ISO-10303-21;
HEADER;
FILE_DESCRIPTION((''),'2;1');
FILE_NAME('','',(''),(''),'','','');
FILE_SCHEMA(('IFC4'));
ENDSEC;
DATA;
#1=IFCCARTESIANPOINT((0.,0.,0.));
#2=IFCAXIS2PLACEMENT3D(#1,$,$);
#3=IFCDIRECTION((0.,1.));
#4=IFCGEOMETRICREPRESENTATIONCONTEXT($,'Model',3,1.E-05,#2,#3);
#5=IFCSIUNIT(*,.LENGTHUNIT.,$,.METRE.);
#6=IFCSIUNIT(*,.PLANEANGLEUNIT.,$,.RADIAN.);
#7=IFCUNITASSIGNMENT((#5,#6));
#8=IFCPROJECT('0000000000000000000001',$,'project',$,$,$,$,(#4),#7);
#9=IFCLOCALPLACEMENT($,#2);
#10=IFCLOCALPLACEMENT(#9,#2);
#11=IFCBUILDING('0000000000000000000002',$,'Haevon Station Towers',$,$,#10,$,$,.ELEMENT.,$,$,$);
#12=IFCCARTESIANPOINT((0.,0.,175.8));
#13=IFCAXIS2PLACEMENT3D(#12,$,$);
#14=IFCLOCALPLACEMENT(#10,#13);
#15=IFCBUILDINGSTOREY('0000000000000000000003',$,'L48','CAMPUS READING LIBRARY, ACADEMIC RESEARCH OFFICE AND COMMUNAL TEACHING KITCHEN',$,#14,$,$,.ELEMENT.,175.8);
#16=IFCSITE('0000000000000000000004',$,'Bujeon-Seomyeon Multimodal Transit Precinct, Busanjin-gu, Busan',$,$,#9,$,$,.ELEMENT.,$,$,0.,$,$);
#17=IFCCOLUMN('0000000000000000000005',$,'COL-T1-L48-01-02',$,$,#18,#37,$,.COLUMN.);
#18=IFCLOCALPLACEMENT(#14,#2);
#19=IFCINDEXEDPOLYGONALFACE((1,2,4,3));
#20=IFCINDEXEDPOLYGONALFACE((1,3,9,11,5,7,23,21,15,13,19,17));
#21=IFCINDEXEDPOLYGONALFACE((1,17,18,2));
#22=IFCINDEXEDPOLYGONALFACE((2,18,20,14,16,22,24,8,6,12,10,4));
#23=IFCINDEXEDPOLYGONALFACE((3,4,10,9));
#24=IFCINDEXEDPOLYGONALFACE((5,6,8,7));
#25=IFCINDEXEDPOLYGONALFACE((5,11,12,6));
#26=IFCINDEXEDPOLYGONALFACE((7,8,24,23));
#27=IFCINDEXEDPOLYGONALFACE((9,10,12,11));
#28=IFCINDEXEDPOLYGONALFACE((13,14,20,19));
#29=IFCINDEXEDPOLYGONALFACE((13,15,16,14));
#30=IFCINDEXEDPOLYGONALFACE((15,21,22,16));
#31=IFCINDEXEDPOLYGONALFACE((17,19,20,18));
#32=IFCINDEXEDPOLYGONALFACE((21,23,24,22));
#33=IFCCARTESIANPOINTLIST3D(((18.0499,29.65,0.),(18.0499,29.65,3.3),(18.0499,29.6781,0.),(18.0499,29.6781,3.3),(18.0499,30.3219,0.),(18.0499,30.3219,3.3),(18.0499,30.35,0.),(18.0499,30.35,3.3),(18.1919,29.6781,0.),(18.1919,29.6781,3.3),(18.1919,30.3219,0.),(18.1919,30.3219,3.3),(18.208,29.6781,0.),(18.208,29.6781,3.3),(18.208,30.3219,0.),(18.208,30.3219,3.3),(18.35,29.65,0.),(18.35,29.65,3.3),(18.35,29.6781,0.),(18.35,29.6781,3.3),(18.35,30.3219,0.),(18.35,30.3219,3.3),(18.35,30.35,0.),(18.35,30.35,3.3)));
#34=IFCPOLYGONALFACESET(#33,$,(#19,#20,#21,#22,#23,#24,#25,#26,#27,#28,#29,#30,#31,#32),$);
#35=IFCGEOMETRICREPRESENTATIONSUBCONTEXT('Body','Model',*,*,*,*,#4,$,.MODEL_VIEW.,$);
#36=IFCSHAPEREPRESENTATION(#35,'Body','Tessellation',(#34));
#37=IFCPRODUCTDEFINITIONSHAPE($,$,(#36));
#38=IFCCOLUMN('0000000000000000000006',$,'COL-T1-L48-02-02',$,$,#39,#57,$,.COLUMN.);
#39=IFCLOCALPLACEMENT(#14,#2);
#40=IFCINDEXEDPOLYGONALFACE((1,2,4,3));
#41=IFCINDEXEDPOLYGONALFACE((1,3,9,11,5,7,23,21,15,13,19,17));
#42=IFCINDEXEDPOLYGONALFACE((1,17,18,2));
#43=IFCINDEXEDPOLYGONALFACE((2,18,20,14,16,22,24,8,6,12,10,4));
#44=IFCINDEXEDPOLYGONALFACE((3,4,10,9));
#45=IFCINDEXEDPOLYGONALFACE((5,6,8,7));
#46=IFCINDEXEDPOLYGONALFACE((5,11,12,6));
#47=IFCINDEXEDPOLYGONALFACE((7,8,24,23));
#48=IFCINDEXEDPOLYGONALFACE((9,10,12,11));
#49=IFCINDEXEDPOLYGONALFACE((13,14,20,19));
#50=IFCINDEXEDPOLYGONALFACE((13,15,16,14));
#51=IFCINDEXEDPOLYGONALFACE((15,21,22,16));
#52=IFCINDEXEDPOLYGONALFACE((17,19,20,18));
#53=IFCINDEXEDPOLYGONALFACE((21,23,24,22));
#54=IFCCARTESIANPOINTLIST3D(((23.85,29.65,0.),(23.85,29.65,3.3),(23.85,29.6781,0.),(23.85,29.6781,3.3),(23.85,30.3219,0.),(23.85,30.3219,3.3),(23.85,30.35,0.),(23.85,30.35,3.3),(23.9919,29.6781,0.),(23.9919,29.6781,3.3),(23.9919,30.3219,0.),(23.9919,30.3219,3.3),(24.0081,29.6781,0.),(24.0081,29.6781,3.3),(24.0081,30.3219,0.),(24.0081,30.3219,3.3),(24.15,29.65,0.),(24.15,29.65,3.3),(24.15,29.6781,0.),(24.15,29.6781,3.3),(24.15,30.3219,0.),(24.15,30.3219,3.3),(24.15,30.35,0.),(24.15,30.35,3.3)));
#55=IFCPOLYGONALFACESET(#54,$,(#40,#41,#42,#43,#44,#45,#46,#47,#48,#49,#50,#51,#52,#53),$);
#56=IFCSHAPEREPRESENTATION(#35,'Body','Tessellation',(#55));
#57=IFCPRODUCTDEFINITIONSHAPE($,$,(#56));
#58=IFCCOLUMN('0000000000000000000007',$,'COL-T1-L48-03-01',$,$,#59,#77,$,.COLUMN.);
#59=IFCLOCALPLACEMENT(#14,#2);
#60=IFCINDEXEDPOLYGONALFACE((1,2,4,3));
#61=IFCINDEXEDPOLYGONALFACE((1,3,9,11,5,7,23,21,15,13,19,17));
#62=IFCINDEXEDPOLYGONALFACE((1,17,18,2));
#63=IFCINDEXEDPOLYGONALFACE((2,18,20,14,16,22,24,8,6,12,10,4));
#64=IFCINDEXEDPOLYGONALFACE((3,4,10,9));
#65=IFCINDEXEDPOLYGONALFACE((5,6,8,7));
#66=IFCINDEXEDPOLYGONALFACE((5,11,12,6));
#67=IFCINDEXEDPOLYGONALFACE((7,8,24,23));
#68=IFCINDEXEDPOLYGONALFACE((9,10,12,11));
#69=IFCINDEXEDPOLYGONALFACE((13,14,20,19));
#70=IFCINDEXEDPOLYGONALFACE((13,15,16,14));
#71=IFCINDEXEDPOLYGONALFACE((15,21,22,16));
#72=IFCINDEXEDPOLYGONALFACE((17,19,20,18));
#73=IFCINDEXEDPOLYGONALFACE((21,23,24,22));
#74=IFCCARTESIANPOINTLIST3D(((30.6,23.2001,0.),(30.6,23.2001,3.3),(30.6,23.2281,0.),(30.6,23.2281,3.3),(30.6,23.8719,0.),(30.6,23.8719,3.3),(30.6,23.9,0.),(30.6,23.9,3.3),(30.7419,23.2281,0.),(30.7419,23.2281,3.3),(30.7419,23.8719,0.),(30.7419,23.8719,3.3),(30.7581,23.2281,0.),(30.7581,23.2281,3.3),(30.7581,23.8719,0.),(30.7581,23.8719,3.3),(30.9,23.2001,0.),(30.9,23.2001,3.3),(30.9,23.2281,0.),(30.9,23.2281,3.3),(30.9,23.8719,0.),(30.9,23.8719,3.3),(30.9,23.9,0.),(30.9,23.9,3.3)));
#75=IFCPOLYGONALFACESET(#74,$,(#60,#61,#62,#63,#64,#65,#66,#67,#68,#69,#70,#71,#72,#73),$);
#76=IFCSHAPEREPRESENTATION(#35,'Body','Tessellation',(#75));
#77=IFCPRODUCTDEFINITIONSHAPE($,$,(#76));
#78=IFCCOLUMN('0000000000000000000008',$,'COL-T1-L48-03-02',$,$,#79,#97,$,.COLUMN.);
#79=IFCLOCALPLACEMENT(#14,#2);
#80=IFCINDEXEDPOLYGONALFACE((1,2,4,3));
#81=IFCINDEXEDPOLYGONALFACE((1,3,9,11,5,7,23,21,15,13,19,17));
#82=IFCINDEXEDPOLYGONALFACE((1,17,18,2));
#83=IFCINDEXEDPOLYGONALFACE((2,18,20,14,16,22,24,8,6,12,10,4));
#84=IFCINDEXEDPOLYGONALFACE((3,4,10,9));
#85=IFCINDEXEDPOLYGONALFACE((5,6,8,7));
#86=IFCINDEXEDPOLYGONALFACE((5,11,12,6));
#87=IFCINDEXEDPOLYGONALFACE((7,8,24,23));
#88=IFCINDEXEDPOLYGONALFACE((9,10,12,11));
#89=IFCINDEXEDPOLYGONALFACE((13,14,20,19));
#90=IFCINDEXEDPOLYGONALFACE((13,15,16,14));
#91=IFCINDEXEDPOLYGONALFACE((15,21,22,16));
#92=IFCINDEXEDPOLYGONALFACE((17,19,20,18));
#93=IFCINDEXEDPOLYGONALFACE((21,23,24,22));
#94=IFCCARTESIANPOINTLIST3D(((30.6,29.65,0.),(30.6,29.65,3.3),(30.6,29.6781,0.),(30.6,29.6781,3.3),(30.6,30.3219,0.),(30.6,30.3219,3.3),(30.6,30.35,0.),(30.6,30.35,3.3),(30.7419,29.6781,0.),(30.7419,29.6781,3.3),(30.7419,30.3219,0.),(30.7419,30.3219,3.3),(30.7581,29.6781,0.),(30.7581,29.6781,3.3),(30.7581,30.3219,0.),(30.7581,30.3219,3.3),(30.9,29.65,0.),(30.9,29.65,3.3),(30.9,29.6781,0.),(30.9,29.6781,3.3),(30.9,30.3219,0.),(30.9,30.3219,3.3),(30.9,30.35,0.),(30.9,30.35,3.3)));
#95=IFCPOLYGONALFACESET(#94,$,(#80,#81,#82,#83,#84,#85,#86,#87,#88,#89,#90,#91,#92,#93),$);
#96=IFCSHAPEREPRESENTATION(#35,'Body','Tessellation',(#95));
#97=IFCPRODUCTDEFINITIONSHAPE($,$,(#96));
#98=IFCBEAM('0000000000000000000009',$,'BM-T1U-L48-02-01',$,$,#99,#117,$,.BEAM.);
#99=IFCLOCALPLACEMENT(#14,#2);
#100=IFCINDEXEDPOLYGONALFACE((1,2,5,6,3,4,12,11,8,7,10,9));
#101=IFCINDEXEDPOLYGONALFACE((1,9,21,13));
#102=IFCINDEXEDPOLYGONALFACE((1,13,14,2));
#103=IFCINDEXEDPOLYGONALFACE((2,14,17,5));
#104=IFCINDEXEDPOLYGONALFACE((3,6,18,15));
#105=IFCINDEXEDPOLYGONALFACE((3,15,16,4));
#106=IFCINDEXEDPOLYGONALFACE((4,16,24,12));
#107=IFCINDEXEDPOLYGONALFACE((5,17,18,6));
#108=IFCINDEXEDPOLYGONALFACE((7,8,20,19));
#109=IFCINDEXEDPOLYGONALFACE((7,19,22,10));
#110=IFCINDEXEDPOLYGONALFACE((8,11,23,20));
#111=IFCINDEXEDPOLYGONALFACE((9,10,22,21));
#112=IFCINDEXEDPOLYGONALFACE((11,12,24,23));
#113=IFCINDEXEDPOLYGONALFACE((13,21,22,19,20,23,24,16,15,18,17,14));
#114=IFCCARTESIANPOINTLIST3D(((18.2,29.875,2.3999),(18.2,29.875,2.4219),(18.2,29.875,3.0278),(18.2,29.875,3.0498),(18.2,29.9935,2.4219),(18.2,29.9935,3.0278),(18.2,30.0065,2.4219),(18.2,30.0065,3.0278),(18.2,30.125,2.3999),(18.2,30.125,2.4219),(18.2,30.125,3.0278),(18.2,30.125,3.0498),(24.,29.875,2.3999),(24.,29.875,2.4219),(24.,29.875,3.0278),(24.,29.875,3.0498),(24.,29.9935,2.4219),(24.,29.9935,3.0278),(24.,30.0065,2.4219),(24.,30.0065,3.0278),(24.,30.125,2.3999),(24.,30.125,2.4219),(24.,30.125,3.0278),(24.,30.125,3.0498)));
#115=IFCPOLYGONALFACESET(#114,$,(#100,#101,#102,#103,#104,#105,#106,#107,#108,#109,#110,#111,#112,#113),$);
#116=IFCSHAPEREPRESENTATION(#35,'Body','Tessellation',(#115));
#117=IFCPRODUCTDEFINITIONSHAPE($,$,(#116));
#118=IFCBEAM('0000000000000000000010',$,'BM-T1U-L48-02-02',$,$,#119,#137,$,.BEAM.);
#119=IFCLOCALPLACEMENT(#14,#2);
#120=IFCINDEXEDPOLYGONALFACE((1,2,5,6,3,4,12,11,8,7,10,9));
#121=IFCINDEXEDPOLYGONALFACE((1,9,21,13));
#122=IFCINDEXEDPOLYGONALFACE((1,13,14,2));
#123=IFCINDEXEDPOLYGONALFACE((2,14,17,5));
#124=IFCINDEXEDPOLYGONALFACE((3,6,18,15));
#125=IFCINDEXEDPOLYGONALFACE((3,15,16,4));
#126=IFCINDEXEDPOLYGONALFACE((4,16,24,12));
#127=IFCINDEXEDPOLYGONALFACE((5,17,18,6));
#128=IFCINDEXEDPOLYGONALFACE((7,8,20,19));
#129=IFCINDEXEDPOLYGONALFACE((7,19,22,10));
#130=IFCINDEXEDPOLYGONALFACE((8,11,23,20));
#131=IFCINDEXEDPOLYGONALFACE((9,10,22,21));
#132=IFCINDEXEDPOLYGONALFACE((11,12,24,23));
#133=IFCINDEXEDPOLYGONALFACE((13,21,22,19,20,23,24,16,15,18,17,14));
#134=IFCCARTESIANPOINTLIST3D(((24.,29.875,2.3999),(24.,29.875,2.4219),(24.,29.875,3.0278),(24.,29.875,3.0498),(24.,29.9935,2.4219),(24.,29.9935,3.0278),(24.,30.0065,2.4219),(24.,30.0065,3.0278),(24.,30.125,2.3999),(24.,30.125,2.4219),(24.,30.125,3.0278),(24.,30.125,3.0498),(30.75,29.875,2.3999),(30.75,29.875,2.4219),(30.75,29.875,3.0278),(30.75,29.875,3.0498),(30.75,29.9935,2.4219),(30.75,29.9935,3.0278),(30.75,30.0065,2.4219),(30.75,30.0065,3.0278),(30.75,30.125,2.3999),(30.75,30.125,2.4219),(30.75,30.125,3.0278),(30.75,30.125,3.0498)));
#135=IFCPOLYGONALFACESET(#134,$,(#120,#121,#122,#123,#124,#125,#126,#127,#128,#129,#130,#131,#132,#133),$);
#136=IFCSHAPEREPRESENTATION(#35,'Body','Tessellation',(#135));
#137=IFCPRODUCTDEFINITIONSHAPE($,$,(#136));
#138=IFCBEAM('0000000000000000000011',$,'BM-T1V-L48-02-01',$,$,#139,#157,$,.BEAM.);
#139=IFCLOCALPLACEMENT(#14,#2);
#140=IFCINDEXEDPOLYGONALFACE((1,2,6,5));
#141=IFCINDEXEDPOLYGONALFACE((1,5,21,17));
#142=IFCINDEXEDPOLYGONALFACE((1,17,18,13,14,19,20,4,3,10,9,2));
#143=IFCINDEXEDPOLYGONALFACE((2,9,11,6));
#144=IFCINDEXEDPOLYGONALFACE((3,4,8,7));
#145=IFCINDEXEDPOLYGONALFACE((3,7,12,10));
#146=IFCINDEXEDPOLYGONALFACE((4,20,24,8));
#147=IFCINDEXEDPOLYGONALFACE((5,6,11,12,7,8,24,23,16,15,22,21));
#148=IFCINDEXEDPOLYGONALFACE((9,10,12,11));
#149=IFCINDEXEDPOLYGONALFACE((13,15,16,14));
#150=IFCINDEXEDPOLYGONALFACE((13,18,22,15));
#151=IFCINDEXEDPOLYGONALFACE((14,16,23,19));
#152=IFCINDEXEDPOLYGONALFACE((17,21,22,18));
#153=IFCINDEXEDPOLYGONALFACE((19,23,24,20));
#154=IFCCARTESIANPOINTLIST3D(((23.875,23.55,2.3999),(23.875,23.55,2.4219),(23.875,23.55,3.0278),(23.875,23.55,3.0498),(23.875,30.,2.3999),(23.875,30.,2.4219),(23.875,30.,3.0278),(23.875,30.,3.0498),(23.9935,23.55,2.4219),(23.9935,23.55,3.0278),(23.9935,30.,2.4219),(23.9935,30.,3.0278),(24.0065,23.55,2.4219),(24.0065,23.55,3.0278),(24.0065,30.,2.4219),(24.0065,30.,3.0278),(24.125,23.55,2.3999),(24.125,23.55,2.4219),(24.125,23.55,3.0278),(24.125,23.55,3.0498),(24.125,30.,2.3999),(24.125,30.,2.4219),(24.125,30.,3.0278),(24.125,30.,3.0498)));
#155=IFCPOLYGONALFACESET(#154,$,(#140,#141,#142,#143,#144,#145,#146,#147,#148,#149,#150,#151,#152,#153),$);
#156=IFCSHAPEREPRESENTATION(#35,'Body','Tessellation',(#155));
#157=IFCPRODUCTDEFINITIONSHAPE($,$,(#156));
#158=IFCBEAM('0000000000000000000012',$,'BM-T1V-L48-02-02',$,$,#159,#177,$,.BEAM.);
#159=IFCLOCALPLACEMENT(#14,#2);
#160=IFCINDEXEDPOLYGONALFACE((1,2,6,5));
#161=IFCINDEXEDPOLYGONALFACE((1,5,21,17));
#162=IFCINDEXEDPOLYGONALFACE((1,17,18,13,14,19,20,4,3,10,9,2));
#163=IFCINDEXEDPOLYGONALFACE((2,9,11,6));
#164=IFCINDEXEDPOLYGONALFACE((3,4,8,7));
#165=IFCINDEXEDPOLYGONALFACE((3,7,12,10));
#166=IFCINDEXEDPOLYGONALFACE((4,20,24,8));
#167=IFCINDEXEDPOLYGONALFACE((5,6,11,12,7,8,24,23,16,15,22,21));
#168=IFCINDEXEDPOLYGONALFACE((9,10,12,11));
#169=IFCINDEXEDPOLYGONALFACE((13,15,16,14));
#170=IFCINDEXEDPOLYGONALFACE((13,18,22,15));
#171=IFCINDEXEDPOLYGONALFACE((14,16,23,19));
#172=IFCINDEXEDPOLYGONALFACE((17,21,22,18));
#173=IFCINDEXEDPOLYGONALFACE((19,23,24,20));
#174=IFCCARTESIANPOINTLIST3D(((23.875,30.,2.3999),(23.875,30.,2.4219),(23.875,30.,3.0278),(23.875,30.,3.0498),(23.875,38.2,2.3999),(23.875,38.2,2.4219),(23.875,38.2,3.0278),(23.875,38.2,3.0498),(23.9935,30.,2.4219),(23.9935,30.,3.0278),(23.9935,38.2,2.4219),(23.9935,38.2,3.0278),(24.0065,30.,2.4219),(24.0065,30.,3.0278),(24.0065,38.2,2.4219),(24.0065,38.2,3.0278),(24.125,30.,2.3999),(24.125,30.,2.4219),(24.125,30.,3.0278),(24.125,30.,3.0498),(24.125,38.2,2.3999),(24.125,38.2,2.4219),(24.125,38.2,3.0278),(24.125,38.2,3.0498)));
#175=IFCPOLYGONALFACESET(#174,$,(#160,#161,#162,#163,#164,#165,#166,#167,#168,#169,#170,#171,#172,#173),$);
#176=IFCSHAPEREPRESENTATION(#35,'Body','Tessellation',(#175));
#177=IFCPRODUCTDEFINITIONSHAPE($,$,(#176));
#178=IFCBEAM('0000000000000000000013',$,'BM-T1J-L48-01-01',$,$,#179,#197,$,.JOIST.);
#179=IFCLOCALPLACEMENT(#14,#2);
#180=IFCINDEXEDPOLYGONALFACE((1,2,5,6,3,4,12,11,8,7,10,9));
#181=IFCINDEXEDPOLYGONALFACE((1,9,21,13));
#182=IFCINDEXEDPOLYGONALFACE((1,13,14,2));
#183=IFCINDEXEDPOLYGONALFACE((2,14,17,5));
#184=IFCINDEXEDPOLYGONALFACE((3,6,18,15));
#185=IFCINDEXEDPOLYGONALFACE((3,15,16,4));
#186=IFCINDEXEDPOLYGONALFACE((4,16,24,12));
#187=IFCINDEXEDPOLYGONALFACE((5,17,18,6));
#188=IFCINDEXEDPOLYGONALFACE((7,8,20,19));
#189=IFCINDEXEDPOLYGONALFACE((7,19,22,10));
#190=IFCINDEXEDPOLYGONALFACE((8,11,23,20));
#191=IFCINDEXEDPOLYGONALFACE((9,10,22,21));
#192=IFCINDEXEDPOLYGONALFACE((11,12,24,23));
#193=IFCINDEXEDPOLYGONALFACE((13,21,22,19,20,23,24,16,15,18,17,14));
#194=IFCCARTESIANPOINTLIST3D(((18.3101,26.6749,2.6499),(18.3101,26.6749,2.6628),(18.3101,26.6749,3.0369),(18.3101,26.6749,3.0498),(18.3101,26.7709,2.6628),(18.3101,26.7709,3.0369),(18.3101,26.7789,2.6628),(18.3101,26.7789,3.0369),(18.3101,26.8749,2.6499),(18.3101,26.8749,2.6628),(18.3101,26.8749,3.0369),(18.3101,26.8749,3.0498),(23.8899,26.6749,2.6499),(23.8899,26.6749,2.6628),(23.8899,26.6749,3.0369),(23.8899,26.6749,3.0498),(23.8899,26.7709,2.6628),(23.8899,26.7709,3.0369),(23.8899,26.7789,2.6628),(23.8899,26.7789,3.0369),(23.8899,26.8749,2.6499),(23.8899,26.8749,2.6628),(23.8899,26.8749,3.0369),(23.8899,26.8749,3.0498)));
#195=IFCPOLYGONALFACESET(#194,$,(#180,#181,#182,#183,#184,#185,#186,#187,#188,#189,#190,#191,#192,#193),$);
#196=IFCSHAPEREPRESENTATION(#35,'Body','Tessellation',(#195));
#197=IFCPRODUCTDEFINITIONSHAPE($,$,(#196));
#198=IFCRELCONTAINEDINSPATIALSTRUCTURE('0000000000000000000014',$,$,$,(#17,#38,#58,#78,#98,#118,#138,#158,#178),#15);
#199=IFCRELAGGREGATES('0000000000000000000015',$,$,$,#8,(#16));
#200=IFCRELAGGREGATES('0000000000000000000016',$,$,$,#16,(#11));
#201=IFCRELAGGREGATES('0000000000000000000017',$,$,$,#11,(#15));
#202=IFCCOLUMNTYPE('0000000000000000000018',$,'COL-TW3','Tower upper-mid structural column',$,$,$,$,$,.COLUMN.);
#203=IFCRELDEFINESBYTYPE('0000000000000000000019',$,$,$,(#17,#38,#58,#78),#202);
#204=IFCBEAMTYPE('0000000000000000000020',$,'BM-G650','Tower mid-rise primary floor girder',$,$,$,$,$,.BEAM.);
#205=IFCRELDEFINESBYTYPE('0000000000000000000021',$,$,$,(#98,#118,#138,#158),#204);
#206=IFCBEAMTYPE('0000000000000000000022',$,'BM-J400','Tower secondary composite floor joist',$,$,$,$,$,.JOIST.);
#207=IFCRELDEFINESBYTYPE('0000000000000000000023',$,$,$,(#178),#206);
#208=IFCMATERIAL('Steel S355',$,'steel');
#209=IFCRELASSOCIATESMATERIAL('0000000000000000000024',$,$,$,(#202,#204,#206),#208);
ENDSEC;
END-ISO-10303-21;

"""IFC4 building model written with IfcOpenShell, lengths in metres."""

from ifc_helpers import new_model, si_unit, direction, frame, origin, origin_2d, place, context, subcontext, project, spatial, i_section, extrude, material, material_profile, profile_set, type_object, element, save


model = new_model("IFC4")

# Units and contexts
model_context = context("Model", 3, precision=1e-05, world=origin(), true_north=direction((0.0, 1.0)))
body_context = subcontext(model_context, "Body", "Model", "MODEL_VIEW")
ifc_project = project(units=[si_unit("LENGTHUNIT", "METRE"), si_unit("PLANEANGLEUNIT", "RADIAN")], contexts=[model_context])

# Site, building, storey
site_placement = place(None, origin())
site = spatial("IfcSite", under=ifc_project, at=site_placement, Name="Bujeon-Seomyeon Multimodal Transit Precinct, Busanjin-gu, Busan", CompositionType="ELEMENT", RefElevation=0.0)
building_placement = place(site_placement, origin())
building = spatial("IfcBuilding", under=site, at=building_placement, Name="Haevon Station Towers", CompositionType="ELEMENT")
storey_placement = place(building_placement, frame((0.0, 0.0, 175.8)))
storey = spatial("IfcBuildingStorey", under=building, at=storey_placement, Name="L48", Description="CAMPUS READING LIBRARY, ACADEMIC RESEARCH OFFICE AND COMMUNAL TEACHING KITCHEN", CompositionType="ELEMENT", Elevation=175.8)

# Columns
ifc_material_1 = material(Name="Steel S355", Category="steel")
ifc_material_profile_1 = material_profile(ifc_material_1, i_section(OverallWidth=0.3, OverallDepth=0.7, WebThickness=0.0161, FlangeThickness=0.0281, at=origin_2d()), Name="H-700x300x16x28")
ifc_profile_set_1 = profile_set([ifc_material_profile_1], Name="Steel S355")
column_type = type_object("IfcColumnType", Name="COL-TW3", Description="Tower upper-mid structural column", PredefinedType="COLUMN", material=ifc_profile_set_1)
for number, where, z_axis, x_axis, name in (
    (1, (18.2, 30.0, 0.0), (0.0, 0.0, 1.0), (1.0, 0.0, 0.0), "COL-T1-L48-01-02"),
    (2, (24.0, 30.0, 0.0), (0.0, 0.0, 1.0), (1.0, 0.0, 0.0), "COL-T1-L48-02-02"),
    (3, (30.75, 23.55, 0.0), (0.0, 0.0, 1.0), (1.0, 0.0, 0.0), "COL-T1-L48-03-01"),
    (4, (30.75, 30.0, 0.0), (0.0, 0.0, 1.0), (1.0, 0.0, 0.0), "COL-T1-L48-03-02"),
):
    element("IfcColumn", number, at=place(storey_placement, frame(where, z_axis=z_axis, x_axis=x_axis)), inside=storey, type_object=column_type, Name=name, PredefinedType="COLUMN", context=body_context, shape_type="SweptSolid", body=[
        extrude(i_section(OverallWidth=0.3, OverallDepth=0.7, WebThickness=0.0161, FlangeThickness=0.0281, at=origin_2d()), origin(), (0.0, 0.0, 1.0), 3.3),
    ])

# Beams
ifc_material_profile_2 = material_profile(ifc_material_1, i_section(OverallWidth=0.25, OverallDepth=0.6499, WebThickness=0.0129, FlangeThickness=0.022, at=origin_2d()), Name="H-650x250x13x22")
ifc_profile_set_2 = profile_set([ifc_material_profile_2], Name="Steel S355")
beam_type_1 = type_object("IfcBeamType", Name="BM-G650", Description="Tower mid-rise primary floor girder", PredefinedType="BEAM", material=ifc_profile_set_2)
beam_1_placement = place(storey_placement, frame((18.2, 30.0, 2.7249), z_axis=(1.0, 0.0, 0.0), x_axis=(0.0, 1.0, 0.0)))
element("IfcBeam", 5, at=beam_1_placement, inside=storey, type_object=beam_type_1, Name="BM-T1U-L48-02-01", PredefinedType="BEAM", context=body_context, shape_type="SweptSolid", body=[
    extrude(i_section(OverallWidth=0.25, OverallDepth=0.6499, WebThickness=0.0129, FlangeThickness=0.022, at=origin_2d()), origin(), (0.0, 0.0, 1.0), 5.8),
])
beam_2_placement = place(storey_placement, frame((24.0, 30.0, 2.7249), z_axis=(1.0, 0.0, 0.0), x_axis=(0.0, 1.0, 0.0)))
element("IfcBeam", 6, at=beam_2_placement, inside=storey, type_object=beam_type_1, Name="BM-T1U-L48-02-02", PredefinedType="BEAM", context=body_context, shape_type="SweptSolid", body=[
    extrude(i_section(OverallWidth=0.25, OverallDepth=0.6499, WebThickness=0.0129, FlangeThickness=0.022, at=origin_2d()), origin(), (0.0, 0.0, 1.0), 6.75),
])
beam_3_placement = place(storey_placement, frame((24.0, 23.55, 2.7249), z_axis=(0.0, 1.0, 0.0), x_axis=(-1.0, 0.0, 0.0)))
element("IfcBeam", 7, at=beam_3_placement, inside=storey, type_object=beam_type_1, Name="BM-T1V-L48-02-01", PredefinedType="BEAM", context=body_context, shape_type="SweptSolid", body=[
    extrude(i_section(OverallWidth=0.25, OverallDepth=0.6499, WebThickness=0.0129, FlangeThickness=0.022, at=origin_2d()), origin(), (0.0, 0.0, 1.0), 6.45),
])
beam_4_placement = place(storey_placement, frame((24.0, 30.0, 2.7249), z_axis=(0.0, 1.0, 0.0), x_axis=(-1.0, 0.0, 0.0)))
element("IfcBeam", 8, at=beam_4_placement, inside=storey, type_object=beam_type_1, Name="BM-T1V-L48-02-02", PredefinedType="BEAM", context=body_context, shape_type="SweptSolid", body=[
    extrude(i_section(OverallWidth=0.25, OverallDepth=0.6499, WebThickness=0.0129, FlangeThickness=0.022, at=origin_2d()), origin(), (0.0, 0.0, 1.0), 8.2),
])
ifc_material_profile_3 = material_profile(ifc_material_1, i_section(OverallWidth=0.2, OverallDepth=0.3999, WebThickness=0.0081, FlangeThickness=0.0129, at=origin_2d()), Name="H-400x200x8x13")
ifc_profile_set_3 = profile_set([ifc_material_profile_3], Name="Steel S355")
beam_type_2 = type_object("IfcBeamType", Name="BM-J400", Description="Tower secondary composite floor joist", PredefinedType="JOIST", material=ifc_profile_set_3)
beam_5_placement = place(storey_placement, frame((18.3101, 26.7749, 2.8499), z_axis=(1.0, 0.0, 0.0), x_axis=(0.0, 1.0, 0.0)))
element("IfcBeam", 9, at=beam_5_placement, inside=storey, type_object=beam_type_2, Name="BM-T1J-L48-01-01", PredefinedType="JOIST", context=body_context, shape_type="SweptSolid", body=[
    extrude(i_section(OverallWidth=0.2, OverallDepth=0.3999, WebThickness=0.0081, FlangeThickness=0.0129, at=origin_2d()), origin(), (0.0, 0.0, 1.0), 5.5798),
])

save(model, "model.ifc")
